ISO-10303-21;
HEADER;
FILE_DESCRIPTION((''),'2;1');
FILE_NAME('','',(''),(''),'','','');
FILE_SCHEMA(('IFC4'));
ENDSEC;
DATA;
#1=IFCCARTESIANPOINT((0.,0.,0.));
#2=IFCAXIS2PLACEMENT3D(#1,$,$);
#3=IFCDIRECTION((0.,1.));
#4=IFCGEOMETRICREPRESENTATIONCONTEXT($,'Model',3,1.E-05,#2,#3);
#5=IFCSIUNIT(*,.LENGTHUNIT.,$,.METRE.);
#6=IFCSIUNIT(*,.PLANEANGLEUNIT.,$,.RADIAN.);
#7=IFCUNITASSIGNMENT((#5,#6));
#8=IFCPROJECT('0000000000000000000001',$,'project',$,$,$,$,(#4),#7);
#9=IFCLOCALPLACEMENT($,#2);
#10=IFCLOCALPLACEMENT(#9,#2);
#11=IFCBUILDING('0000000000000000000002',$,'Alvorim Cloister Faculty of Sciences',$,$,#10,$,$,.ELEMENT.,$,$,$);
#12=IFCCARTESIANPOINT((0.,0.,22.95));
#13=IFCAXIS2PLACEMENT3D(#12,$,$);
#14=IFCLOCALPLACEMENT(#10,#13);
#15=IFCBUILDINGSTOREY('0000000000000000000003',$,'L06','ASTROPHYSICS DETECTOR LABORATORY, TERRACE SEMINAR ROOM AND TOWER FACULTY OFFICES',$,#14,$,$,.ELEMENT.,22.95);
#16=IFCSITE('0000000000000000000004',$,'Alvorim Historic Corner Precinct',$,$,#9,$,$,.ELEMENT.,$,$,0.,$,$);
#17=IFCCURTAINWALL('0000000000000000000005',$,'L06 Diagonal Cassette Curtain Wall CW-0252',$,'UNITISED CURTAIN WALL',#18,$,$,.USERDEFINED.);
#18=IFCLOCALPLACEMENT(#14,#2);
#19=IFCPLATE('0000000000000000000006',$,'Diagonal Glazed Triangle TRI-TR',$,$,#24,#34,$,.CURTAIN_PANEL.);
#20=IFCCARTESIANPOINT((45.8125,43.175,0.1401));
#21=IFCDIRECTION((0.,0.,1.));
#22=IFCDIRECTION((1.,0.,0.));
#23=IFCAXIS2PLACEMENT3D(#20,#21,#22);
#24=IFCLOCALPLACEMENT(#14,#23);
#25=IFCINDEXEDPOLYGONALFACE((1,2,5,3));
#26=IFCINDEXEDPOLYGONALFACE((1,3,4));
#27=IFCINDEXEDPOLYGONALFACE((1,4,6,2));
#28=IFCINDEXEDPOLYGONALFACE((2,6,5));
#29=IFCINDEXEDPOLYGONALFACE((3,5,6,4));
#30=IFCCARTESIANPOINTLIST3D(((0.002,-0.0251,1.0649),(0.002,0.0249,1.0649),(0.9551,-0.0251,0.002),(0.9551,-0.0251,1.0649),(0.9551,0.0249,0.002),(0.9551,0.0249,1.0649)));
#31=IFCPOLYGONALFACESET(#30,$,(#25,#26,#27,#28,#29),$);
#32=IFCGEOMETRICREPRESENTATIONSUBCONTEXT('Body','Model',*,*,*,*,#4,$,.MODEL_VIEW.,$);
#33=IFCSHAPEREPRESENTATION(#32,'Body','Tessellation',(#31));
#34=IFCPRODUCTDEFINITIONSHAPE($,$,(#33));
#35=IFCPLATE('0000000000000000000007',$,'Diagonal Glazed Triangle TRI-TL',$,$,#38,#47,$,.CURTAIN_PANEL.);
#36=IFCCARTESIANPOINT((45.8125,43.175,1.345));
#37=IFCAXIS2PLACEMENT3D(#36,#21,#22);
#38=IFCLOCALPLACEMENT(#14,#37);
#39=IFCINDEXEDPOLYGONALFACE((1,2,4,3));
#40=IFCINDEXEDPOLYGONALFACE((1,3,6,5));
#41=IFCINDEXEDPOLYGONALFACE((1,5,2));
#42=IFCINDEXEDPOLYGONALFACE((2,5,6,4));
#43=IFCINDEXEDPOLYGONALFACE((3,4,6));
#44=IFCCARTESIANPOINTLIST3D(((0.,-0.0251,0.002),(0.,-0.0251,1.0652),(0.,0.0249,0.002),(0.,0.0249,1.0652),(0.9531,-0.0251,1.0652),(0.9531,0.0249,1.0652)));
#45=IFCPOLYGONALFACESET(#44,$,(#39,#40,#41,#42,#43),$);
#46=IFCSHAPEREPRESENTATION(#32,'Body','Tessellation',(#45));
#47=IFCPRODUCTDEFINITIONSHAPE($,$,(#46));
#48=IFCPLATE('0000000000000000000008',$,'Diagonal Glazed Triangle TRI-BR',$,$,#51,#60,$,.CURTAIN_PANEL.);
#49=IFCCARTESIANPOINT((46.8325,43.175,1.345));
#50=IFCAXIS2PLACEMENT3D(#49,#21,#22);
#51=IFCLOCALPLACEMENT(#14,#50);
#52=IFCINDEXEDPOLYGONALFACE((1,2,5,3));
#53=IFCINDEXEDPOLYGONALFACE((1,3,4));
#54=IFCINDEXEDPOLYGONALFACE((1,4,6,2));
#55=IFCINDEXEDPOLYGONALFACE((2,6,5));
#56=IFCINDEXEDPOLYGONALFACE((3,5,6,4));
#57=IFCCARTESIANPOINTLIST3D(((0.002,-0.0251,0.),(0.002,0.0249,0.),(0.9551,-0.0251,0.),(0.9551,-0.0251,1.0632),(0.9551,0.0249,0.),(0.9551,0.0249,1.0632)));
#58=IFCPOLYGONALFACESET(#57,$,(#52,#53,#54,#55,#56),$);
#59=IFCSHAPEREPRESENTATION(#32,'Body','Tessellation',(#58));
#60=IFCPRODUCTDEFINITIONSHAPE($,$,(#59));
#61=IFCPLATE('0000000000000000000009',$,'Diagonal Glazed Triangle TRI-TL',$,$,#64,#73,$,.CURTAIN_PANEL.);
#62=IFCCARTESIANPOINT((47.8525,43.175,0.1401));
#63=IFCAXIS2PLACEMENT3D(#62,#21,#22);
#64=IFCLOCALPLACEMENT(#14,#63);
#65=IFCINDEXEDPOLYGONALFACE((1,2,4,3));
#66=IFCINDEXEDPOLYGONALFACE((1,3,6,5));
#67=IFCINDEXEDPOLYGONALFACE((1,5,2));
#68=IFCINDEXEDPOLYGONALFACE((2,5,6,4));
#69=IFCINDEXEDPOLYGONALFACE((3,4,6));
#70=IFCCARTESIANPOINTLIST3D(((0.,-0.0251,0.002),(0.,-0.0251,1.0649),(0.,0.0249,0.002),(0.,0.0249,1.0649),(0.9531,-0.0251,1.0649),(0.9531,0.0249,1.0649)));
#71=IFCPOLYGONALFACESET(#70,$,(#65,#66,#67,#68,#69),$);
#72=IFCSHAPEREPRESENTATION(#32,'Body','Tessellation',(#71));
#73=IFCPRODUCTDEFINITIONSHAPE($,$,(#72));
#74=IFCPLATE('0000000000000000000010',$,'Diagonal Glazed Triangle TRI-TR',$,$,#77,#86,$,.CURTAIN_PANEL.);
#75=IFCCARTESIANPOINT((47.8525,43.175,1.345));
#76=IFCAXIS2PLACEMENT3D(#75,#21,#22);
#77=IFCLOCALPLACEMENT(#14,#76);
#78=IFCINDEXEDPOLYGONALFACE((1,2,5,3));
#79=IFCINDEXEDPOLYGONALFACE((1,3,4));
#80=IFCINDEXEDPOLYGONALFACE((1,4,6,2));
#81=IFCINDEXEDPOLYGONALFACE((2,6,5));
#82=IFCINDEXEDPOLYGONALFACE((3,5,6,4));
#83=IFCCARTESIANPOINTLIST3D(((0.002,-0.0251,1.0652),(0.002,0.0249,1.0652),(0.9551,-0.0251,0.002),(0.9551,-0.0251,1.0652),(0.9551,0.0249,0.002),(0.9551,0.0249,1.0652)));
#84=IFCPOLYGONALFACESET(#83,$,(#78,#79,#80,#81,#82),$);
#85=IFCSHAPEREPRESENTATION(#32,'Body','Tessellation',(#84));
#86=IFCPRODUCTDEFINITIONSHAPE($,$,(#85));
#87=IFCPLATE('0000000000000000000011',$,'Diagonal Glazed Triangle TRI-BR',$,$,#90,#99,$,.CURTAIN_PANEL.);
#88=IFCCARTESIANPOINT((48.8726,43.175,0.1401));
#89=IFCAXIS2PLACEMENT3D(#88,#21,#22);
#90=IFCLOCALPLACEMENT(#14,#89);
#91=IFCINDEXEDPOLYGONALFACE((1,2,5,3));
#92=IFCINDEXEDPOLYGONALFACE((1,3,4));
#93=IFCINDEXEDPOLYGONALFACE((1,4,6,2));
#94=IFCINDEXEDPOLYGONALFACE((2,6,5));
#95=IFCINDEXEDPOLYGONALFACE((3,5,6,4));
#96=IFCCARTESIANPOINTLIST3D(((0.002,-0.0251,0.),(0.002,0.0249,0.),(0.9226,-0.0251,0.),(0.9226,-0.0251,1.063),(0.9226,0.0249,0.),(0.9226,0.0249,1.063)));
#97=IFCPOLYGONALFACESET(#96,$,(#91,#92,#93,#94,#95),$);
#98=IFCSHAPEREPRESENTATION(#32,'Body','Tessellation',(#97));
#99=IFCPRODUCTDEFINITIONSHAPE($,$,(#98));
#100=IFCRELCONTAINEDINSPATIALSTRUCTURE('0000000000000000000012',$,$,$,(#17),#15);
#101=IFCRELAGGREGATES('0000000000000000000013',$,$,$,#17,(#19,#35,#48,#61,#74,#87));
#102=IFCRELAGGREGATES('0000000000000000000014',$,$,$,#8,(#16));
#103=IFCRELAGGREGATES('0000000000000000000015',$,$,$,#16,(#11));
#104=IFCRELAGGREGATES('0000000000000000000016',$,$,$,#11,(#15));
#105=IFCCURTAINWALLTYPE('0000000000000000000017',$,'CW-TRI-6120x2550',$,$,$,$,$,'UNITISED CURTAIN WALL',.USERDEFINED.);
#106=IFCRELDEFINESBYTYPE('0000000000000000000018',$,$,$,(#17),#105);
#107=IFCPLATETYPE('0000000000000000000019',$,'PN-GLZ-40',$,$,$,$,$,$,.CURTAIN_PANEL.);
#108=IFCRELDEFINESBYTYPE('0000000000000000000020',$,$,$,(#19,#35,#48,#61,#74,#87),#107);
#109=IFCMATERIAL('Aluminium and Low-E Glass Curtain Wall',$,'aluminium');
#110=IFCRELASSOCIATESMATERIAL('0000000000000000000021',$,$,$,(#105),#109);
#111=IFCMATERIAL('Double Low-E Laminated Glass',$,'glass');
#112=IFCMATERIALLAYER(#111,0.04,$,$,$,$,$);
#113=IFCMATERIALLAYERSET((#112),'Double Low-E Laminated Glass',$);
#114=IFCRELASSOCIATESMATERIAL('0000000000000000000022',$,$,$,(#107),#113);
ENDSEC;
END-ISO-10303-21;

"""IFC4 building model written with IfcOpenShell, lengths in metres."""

from ifc_helpers import new_model, si_unit, direction, frame, origin, place, context, subcontext, project, spatial, polyline, outline, extrude, material, layer, layer_set, type_object, element, aggregate, save


model = new_model("IFC4")

# Units and contexts
model_context = context("Model", 3, precision=1e-05, world=origin(), true_north=direction((0.0, 1.0)))
body_context = subcontext(model_context, "Body", "Model", "MODEL_VIEW")
ifc_project = project(units=[si_unit("LENGTHUNIT", "METRE"), si_unit("PLANEANGLEUNIT", "RADIAN")], contexts=[model_context])

# Site, building, storey
site_placement = place(None, origin())
site = spatial("IfcSite", under=ifc_project, at=site_placement, Name="Alvorim Historic Corner Precinct", CompositionType="ELEMENT", RefElevation=0.0)
building_placement = place(site_placement, origin())
building = spatial("IfcBuilding", under=site, at=building_placement, Name="Alvorim Cloister Faculty of Sciences", CompositionType="ELEMENT")
storey_placement = place(building_placement, frame((0.0, 0.0, 22.95)))
storey = spatial("IfcBuildingStorey", under=building, at=storey_placement, Name="L06", Description="ASTROPHYSICS DETECTOR LABORATORY, TERRACE SEMINAR ROOM AND TOWER FACULTY OFFICES", CompositionType="ELEMENT", Elevation=22.95)

# Curtain wall, plates
ifc_material_1 = material(Name="Aluminium and Low-E Glass Curtain Wall", Category="aluminium")
curtain_wall_type = type_object("IfcCurtainWallType", Name="CW-TRI-6120x2550", ElementType="UNITISED CURTAIN WALL", PredefinedType="USERDEFINED", material=ifc_material_1)
curtain_wall_placement = place(storey_placement, origin())
curtain_wall = element("IfcCurtainWall", 1, at=curtain_wall_placement, inside=storey, type_object=curtain_wall_type, Name="L06 Diagonal Cassette Curtain Wall CW-0252", ObjectType="UNITISED CURTAIN WALL", PredefinedType="USERDEFINED")
ifc_material_2 = material(Name="Double Low-E Laminated Glass", Category="glass")
ifc_layer_1 = layer(ifc_material_2, 0.04)
ifc_layer_set_1 = layer_set([ifc_layer_1], Name="Double Low-E Laminated Glass")
plate_type = type_object("IfcPlateType", Name="PN-GLZ-40", PredefinedType="CURTAIN_PANEL", material=ifc_layer_set_1)
plate_1_placement = place(storey_placement, frame((45.8125, 43.175, 0.1401), z_axis=(0.0, 0.0, 1.0), x_axis=(1.0, 0.0, 0.0)))
plate_1 = element("IfcPlate", 2, at=plate_1_placement, type_object=plate_type, Name="Diagonal Glazed Triangle TRI-TR", PredefinedType="CURTAIN_PANEL", context=body_context, shape_type="SweptSolid", body=[
    extrude(outline(polyline([(0.9551, 0.002), (0.9551, 1.0649), (0.002, 1.0649), (0.9551, 0.002)])), frame((0.0, 0.0249, 0.0), z_axis=(0.0, -1.0, 0.0), x_axis=(1.0, 0.0, 0.0)), (0.0, 0.0, 1.0), 0.05),
])
plate_2_placement = place(storey_placement, frame((45.8125, 43.175, 1.345), z_axis=(0.0, 0.0, 1.0), x_axis=(1.0, 0.0, 0.0)))
plate_2 = element("IfcPlate", 3, at=plate_2_placement, type_object=plate_type, Name="Diagonal Glazed Triangle TRI-TL", PredefinedType="CURTAIN_PANEL", context=body_context, shape_type="SweptSolid", body=[
    extrude(outline(polyline([(0.9531, 1.0652), (0.0, 1.0652), (0.0, 0.002), (0.9531, 1.0652)])), frame((0.0, 0.0249, 0.0), z_axis=(0.0, -1.0, 0.0), x_axis=(1.0, 0.0, 0.0)), (0.0, 0.0, 1.0), 0.05),
])
plate_3_placement = place(storey_placement, frame((46.8325, 43.175, 1.345), z_axis=(0.0, 0.0, 1.0), x_axis=(1.0, 0.0, 0.0)))
plate_3 = element("IfcPlate", 4, at=plate_3_placement, type_object=plate_type, Name="Diagonal Glazed Triangle TRI-BR", PredefinedType="CURTAIN_PANEL", context=body_context, shape_type="SweptSolid", body=[
    extrude(outline(polyline([(0.002, 0.0), (0.9551, 0.0), (0.9551, 1.0632), (0.002, 0.0)])), frame((0.0, 0.0249, 0.0), z_axis=(0.0, -1.0, 0.0), x_axis=(1.0, 0.0, 0.0)), (0.0, 0.0, 1.0), 0.05),
])
plate_4_placement = place(storey_placement, frame((47.8525, 43.175, 0.1401), z_axis=(0.0, 0.0, 1.0), x_axis=(1.0, 0.0, 0.0)))
plate_4 = element("IfcPlate", 5, at=plate_4_placement, type_object=plate_type, Name="Diagonal Glazed Triangle TRI-TL", PredefinedType="CURTAIN_PANEL", context=body_context, shape_type="SweptSolid", body=[
    extrude(outline(polyline([(0.9531, 1.0649), (0.0, 1.0649), (0.0, 0.002), (0.9531, 1.0649)])), frame((0.0, 0.0249, 0.0), z_axis=(0.0, -1.0, 0.0), x_axis=(1.0, 0.0, 0.0)), (0.0, 0.0, 1.0), 0.05),
])
plate_5_placement = place(storey_placement, frame((47.8525, 43.175, 1.345), z_axis=(0.0, 0.0, 1.0), x_axis=(1.0, 0.0, 0.0)))
plate_5 = element("IfcPlate", 6, at=plate_5_placement, type_object=plate_type, Name="Diagonal Glazed Triangle TRI-TR", PredefinedType="CURTAIN_PANEL", context=body_context, shape_type="SweptSolid", body=[
    extrude(outline(polyline([(0.9551, 0.002), (0.9551, 1.0652), (0.002, 1.0652), (0.9551, 0.002)])), frame((0.0, 0.0249, 0.0), z_axis=(0.0, -1.0, 0.0), x_axis=(1.0, 0.0, 0.0)), (0.0, 0.0, 1.0), 0.05),
])
plate_6_placement = place(storey_placement, frame((48.8726, 43.175, 0.1401), z_axis=(0.0, 0.0, 1.0), x_axis=(1.0, 0.0, 0.0)))
plate_6 = element("IfcPlate", 7, at=plate_6_placement, type_object=plate_type, Name="Diagonal Glazed Triangle TRI-BR", PredefinedType="CURTAIN_PANEL", context=body_context, shape_type="SweptSolid", body=[
    extrude(outline(polyline([(0.002, 0.0), (0.9226, 0.0), (0.9226, 1.063), (0.002, 0.0)])), frame((0.0, 0.0249, 0.0), z_axis=(0.0, -1.0, 0.0), x_axis=(1.0, 0.0, 0.0)), (0.0, 0.0, 1.0), 0.05),
])
aggregate(curtain_wall, [plate_1, plate_2, plate_3, plate_4, plate_5, plate_6])

save(model, "model.ifc")
